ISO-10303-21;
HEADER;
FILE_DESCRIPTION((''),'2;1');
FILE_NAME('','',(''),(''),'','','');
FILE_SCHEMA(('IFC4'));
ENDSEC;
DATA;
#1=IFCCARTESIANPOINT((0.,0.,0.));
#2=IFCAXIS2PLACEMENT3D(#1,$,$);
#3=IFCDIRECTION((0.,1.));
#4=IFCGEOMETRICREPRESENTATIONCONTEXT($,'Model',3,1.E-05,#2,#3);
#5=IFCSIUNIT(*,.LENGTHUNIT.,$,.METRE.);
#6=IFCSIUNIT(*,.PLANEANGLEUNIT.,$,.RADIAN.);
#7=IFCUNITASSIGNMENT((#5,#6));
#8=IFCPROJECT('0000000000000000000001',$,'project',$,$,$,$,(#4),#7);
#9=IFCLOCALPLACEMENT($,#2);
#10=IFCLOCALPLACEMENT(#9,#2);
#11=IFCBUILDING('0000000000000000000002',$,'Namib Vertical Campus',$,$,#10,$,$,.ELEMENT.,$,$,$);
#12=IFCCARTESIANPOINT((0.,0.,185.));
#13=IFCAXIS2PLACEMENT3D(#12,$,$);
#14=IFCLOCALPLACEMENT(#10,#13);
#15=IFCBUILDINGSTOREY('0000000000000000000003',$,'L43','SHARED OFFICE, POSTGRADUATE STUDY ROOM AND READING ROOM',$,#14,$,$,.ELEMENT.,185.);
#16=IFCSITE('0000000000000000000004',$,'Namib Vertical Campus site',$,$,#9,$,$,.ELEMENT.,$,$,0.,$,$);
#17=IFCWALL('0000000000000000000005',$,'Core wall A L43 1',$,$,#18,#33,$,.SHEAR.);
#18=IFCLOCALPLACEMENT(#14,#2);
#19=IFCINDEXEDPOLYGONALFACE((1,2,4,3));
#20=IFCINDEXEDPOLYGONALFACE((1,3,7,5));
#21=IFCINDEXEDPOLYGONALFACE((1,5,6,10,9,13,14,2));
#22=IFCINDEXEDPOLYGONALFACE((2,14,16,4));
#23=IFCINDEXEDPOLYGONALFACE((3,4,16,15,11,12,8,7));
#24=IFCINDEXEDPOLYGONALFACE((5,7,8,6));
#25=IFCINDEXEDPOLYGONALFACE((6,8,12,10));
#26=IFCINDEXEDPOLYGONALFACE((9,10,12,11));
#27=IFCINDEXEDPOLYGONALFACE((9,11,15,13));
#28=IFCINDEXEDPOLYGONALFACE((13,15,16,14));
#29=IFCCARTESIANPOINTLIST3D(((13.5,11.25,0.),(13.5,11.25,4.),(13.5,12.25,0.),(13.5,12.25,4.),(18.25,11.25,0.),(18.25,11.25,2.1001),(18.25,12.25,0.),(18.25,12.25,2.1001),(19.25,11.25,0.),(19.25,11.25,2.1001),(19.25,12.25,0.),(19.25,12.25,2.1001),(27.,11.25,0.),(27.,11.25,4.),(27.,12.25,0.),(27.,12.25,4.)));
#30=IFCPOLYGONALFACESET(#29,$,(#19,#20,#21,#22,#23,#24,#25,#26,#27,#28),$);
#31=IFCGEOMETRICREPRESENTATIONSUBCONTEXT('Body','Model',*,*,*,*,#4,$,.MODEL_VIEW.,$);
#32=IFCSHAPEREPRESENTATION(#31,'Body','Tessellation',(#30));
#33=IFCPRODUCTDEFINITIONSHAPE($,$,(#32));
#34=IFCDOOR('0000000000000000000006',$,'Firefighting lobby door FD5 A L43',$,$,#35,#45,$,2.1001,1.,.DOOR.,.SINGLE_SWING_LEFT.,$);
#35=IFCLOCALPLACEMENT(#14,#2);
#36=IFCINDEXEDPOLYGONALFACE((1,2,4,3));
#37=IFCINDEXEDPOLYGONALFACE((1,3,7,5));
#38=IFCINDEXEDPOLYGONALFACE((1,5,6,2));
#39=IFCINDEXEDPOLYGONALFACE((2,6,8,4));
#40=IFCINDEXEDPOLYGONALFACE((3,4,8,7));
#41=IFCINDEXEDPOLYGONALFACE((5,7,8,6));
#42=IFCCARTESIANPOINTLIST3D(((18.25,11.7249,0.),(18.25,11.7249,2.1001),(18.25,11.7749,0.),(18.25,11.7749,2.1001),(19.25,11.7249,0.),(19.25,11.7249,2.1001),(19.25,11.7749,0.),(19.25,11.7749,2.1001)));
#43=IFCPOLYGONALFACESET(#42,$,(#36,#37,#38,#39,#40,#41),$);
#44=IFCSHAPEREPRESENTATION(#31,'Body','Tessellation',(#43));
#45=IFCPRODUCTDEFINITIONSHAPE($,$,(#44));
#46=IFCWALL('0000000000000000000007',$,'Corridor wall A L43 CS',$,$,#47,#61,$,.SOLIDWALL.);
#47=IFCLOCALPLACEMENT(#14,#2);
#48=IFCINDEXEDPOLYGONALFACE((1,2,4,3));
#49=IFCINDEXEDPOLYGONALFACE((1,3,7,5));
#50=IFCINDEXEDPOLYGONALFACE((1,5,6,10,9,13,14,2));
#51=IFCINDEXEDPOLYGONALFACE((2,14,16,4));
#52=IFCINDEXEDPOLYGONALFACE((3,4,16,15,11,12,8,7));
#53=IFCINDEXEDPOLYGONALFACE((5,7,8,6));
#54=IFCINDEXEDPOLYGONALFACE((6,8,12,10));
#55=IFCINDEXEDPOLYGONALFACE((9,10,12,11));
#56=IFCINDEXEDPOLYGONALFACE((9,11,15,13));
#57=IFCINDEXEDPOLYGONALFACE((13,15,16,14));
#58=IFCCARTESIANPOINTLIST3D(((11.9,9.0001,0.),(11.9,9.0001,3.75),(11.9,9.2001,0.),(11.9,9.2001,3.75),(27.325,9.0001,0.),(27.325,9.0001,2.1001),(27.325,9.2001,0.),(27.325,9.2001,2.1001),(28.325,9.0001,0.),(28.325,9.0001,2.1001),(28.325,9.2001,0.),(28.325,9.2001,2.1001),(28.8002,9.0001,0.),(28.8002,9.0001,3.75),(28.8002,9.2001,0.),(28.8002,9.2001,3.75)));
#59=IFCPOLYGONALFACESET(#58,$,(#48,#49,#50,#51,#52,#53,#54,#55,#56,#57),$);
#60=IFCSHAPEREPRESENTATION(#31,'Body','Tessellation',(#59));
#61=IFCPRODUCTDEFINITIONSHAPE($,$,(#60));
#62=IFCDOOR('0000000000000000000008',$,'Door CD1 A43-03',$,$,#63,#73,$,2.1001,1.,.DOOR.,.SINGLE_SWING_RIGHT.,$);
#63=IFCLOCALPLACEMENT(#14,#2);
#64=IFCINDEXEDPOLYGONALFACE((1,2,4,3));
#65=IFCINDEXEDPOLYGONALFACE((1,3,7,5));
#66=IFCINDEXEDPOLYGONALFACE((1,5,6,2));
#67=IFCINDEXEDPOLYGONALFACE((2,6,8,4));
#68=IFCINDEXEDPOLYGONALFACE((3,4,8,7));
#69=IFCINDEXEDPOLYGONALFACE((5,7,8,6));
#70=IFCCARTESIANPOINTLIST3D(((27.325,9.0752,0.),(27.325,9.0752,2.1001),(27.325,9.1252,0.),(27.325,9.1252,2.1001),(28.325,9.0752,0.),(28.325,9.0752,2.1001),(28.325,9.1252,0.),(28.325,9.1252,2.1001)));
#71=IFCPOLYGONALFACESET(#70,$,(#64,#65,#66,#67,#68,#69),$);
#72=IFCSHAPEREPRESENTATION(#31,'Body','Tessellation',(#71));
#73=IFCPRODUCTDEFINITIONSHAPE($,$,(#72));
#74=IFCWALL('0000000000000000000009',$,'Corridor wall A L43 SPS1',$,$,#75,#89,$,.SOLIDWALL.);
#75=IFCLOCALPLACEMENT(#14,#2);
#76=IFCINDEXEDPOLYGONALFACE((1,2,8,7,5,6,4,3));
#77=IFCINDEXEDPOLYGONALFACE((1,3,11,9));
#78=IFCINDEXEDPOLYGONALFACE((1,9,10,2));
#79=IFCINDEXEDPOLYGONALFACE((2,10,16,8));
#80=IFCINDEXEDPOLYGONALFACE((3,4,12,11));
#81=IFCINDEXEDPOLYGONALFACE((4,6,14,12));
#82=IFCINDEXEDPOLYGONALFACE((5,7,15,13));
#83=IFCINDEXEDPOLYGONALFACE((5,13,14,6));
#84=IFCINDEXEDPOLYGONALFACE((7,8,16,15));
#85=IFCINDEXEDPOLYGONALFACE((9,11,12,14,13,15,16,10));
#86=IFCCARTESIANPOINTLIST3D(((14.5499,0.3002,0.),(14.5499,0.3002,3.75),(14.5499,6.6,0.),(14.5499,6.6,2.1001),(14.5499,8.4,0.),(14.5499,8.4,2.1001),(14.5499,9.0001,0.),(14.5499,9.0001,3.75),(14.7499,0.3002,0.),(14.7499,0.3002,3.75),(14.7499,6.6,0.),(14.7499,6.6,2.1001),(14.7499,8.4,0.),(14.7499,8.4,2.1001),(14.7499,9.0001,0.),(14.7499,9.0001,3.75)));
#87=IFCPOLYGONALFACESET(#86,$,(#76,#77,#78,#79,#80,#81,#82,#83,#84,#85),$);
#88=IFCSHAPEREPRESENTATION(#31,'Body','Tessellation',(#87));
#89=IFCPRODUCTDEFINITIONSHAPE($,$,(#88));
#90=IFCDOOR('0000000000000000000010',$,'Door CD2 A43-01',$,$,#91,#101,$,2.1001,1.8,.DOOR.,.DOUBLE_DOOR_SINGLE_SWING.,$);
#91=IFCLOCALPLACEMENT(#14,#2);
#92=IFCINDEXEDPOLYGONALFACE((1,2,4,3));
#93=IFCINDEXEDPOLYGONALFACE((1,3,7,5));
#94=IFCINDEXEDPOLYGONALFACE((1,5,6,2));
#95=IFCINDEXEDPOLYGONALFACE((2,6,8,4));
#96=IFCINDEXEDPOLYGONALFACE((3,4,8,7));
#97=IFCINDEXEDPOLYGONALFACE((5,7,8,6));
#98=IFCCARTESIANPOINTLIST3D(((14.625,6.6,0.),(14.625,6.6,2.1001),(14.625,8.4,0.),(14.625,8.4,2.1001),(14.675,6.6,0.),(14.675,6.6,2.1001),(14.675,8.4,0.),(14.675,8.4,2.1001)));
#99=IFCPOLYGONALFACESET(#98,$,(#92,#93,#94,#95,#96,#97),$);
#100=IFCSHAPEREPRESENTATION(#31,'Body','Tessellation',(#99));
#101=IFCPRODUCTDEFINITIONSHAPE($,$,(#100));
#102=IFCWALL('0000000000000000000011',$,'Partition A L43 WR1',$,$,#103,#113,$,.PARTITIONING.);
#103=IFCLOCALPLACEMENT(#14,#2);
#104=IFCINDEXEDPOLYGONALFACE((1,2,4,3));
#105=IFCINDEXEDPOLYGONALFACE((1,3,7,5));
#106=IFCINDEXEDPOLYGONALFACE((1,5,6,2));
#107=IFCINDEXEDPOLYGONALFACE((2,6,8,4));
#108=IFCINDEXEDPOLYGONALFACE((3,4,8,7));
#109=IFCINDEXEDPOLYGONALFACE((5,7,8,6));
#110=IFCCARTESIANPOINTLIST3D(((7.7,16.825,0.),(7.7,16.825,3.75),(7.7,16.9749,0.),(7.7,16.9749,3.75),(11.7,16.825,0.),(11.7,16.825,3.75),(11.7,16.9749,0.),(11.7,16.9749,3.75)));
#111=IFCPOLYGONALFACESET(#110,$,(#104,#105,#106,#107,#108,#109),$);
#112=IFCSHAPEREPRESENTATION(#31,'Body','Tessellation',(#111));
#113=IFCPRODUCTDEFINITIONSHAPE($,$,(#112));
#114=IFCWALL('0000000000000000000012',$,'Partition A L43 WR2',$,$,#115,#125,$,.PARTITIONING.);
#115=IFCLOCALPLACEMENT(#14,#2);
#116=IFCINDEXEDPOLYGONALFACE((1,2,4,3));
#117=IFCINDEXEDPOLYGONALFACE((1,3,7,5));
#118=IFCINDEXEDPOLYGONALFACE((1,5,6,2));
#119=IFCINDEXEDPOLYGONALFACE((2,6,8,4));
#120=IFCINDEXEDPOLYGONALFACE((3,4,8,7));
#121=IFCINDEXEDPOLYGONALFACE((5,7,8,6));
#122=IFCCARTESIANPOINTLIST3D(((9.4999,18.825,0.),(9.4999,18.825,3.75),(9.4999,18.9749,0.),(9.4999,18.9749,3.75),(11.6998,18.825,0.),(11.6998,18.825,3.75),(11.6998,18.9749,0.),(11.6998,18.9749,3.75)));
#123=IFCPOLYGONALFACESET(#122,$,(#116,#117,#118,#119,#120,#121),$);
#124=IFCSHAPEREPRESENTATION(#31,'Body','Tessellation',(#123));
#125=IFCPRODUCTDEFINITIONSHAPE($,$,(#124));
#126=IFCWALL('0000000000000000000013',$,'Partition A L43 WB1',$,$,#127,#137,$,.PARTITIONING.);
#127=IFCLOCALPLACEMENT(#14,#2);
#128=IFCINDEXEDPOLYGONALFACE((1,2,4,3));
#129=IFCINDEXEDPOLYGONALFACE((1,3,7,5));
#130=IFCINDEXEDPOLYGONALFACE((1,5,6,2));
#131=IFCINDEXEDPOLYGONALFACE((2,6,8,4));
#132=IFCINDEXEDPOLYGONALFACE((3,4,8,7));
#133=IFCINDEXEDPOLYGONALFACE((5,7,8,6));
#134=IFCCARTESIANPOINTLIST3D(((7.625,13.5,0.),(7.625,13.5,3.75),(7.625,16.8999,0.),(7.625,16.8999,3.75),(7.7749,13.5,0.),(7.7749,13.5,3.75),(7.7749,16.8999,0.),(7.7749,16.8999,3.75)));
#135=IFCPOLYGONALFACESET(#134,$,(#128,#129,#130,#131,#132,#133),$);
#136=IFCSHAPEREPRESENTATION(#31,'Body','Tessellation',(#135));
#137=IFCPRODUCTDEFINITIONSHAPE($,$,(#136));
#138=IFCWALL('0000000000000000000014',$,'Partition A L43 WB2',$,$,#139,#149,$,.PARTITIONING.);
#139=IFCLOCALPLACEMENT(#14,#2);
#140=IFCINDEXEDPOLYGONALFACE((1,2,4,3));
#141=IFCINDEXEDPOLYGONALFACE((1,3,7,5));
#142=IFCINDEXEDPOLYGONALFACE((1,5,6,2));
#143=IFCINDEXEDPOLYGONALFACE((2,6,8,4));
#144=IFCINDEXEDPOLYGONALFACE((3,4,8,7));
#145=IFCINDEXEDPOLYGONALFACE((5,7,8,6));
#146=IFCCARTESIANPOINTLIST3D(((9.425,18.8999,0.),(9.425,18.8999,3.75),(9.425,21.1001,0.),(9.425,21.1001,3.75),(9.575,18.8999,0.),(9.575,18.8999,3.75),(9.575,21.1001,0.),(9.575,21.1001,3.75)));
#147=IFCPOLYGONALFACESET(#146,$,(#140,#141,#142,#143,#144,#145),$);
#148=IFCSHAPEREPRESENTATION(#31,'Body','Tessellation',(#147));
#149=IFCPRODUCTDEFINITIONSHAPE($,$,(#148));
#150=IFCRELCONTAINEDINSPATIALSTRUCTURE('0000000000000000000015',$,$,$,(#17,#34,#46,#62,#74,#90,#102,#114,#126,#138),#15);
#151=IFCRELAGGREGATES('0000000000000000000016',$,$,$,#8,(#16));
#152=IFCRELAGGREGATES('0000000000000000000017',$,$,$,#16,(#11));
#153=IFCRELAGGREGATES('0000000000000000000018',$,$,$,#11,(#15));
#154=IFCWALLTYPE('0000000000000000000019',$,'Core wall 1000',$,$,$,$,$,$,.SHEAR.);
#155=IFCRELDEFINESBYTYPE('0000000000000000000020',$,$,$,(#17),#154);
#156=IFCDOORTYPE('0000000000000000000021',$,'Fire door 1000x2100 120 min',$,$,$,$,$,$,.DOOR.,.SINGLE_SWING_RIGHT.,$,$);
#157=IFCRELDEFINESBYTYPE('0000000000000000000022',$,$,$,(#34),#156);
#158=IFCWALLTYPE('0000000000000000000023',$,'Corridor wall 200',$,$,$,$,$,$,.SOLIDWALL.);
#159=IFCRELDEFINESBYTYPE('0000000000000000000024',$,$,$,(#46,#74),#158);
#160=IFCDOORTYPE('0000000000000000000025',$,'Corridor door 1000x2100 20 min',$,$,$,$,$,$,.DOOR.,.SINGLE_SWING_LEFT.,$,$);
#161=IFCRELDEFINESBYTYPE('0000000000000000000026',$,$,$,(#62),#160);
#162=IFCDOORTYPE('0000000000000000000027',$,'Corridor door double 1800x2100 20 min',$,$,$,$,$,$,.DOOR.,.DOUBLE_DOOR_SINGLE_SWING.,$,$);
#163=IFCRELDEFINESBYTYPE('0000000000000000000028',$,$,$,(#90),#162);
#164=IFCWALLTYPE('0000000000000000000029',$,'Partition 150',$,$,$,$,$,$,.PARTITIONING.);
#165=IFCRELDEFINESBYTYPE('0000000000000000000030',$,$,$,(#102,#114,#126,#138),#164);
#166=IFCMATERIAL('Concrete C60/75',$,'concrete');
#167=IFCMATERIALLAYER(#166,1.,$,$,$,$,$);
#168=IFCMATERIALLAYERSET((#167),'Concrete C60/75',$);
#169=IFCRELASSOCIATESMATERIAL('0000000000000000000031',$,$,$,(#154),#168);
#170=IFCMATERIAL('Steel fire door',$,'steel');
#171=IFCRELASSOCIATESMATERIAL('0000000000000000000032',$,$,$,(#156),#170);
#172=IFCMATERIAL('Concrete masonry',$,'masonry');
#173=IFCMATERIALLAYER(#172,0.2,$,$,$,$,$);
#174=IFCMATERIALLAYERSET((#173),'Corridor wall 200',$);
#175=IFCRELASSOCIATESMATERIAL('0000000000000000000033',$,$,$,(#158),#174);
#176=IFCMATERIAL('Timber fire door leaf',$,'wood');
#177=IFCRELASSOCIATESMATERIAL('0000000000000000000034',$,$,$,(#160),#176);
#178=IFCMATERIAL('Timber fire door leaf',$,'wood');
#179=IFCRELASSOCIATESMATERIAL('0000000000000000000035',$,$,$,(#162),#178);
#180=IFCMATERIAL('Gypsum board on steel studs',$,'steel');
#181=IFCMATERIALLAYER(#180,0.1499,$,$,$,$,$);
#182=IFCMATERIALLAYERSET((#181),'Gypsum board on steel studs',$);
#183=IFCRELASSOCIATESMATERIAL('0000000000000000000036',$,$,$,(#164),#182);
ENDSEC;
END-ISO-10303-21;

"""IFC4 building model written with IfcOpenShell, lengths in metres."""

from ifc_helpers import new_model, si_unit, direction, frame, frame_2d, origin, place, context, subcontext, project, spatial, rectangle, extrude, material, layer, layer_set, type_object, element, fill, save


model = new_model("IFC4")

# Units and contexts
model_context = context("Model", 3, precision=1e-05, world=origin(), true_north=direction((0.0, 1.0)))
body_context = subcontext(model_context, "Body", "Model", "MODEL_VIEW")
ifc_project = project(units=[si_unit("LENGTHUNIT", "METRE"), si_unit("PLANEANGLEUNIT", "RADIAN")], contexts=[model_context])

# Site, building, storey
site_placement = place(None, origin())
site = spatial("IfcSite", under=ifc_project, at=site_placement, Name="Namib Vertical Campus site", CompositionType="ELEMENT", RefElevation=0.0)
building_placement = place(site_placement, origin())
building = spatial("IfcBuilding", under=site, at=building_placement, Name="Namib Vertical Campus", CompositionType="ELEMENT")
storey_placement = place(building_placement, frame((0.0, 0.0, 185.0)))
storey = spatial("IfcBuildingStorey", under=building, at=storey_placement, Name="L43", Description="SHARED OFFICE, POSTGRADUATE STUDY ROOM AND READING ROOM", CompositionType="ELEMENT", Elevation=185.0)

# Walls, openings, doors
ifc_material_1 = material(Name="Concrete C60/75", Category="concrete")
ifc_layer_1 = layer(ifc_material_1, 1.0)
ifc_layer_set_1 = layer_set([ifc_layer_1], Name="Concrete C60/75")
wall_type_1 = type_object("IfcWallType", Name="Core wall 1000", PredefinedType="SHEAR", material=ifc_layer_set_1)
wall_1_placement = place(storey_placement, frame((13.5, 11.75, 0.0), z_axis=(0.0, 0.0, 1.0), x_axis=(1.0, 0.0, 0.0)))
wall_1 = element("IfcWall", 1, at=wall_1_placement, inside=storey, type_object=wall_type_1, Name="Core wall A L43 1", PredefinedType="SHEAR", context=body_context, shape_type="SweptSolid", body=[
    extrude(rectangle(XDim=13.5, YDim=1.0, at=frame_2d((6.75, 0.0))), origin(), (0.0, 0.0, 1.0), 4.0),
])
opening_1_placement = place(wall_1_placement, frame((4.75, 0.0, 0.0)))
opening_1 = element("IfcOpeningElement", 2, at=opening_1_placement, cuts=wall_1, PredefinedType="OPENING", context=body_context, shape_type="SweptSolid", body=[
    extrude(rectangle(XDim=1.0, YDim=2.1001, at=frame_2d((0.5, 1.05))), frame((0.0, 0.51, 0.0), z_axis=(0.0, -1.0, 0.0), x_axis=(1.0, 0.0, 0.0)), (0.0, 0.0, 1.0), 1.02),
])
ifc_material_2 = material(Name="Steel fire door", Category="steel")
door_type_1 = type_object("IfcDoorType", Name="Fire door 1000x2100 120 min", OperationType="SINGLE_SWING_RIGHT", PredefinedType="DOOR", material=ifc_material_2)
door_1_placement = place(opening_1_placement, origin())
door_1 = element("IfcDoor", 3, at=door_1_placement, inside=storey, type_object=door_type_1, Name="Firefighting lobby door FD5 A L43", OperationType="SINGLE_SWING_LEFT", OverallHeight=2.1001, OverallWidth=1.0, PredefinedType="DOOR", context=body_context, shape_type="SweptSolid", body=[
    extrude(rectangle(XDim=1.0, YDim=2.1001, at=frame_2d((0.5, 1.05))), frame((0.0, 0.0249, 0.0), z_axis=(0.0, -1.0, 0.0), x_axis=(1.0, 0.0, 0.0)), (0.0, 0.0, 1.0), 0.05),
])
fill(opening_1, door_1)
ifc_material_3 = material(Name="Concrete masonry", Category="masonry")
ifc_layer_2 = layer(ifc_material_3, 0.2)
ifc_layer_set_2 = layer_set([ifc_layer_2], Name="Corridor wall 200")
wall_type_2 = type_object("IfcWallType", Name="Corridor wall 200", PredefinedType="SOLIDWALL", material=ifc_layer_set_2)
wall_2_placement = place(storey_placement, frame((11.8999, 9.1001, 0.0), z_axis=(0.0, 0.0, 1.0), x_axis=(1.0, 0.0, 0.0)))
wall_2 = element("IfcWall", 4, at=wall_2_placement, inside=storey, type_object=wall_type_2, Name="Corridor wall A L43 CS", PredefinedType="SOLIDWALL", context=body_context, shape_type="SweptSolid", body=[
    extrude(rectangle(XDim=16.9001, YDim=0.2, at=frame_2d((8.4502, 0.0))), origin(), (0.0, 0.0, 1.0), 3.75),
])
opening_2_placement = place(wall_2_placement, frame((15.425, 0.0, 0.0)))
opening_2 = element("IfcOpeningElement", 5, at=opening_2_placement, cuts=wall_2, PredefinedType="OPENING", context=body_context, shape_type="SweptSolid", body=[
    extrude(rectangle(XDim=1.0, YDim=2.1001, at=frame_2d((0.5, 1.05))), frame((0.0, 0.1099, 0.0), z_axis=(0.0, -1.0, 0.0), x_axis=(1.0, 0.0, 0.0)), (0.0, 0.0, 1.0), 0.22),
])
ifc_material_4 = material(Name="Timber fire door leaf", Category="wood")
door_type_2 = type_object("IfcDoorType", Name="Corridor door 1000x2100 20 min", OperationType="SINGLE_SWING_LEFT", PredefinedType="DOOR", material=ifc_material_4)
door_2_placement = place(opening_2_placement, frame((1.0, 0.0, 0.0), z_axis=(0.0, 0.0, 1.0), x_axis=(-1.0, 0.0, 0.0)))
door_2 = element("IfcDoor", 6, at=door_2_placement, inside=storey, type_object=door_type_2, Name="Door CD1 A43-03", OperationType="SINGLE_SWING_RIGHT", OverallHeight=2.1001, OverallWidth=1.0, PredefinedType="DOOR", context=body_context, shape_type="SweptSolid", body=[
    extrude(rectangle(XDim=1.0, YDim=2.1001, at=frame_2d((0.5, 1.05))), frame((0.0, 0.0249, 0.0), z_axis=(0.0, -1.0, 0.0), x_axis=(1.0, 0.0, 0.0)), (0.0, 0.0, 1.0), 0.05),
])
fill(opening_2, door_2)
wall_3_placement = place(storey_placement, frame((14.6499, 0.3, 0.0), z_axis=(0.0, 0.0, 1.0), x_axis=(0.0, 1.0, 0.0)))
wall_3 = element("IfcWall", 7, at=wall_3_placement, inside=storey, type_object=wall_type_2, Name="Corridor wall A L43 SPS1", PredefinedType="SOLIDWALL", context=body_context, shape_type="SweptSolid", body=[
    extrude(rectangle(XDim=8.7, YDim=0.2, at=frame_2d((4.3501, 0.0))), origin(), (0.0, 0.0, 1.0), 3.75),
])
opening_3_placement = place(wall_3_placement, frame((6.3, 0.0, 0.0)))
opening_3 = element("IfcOpeningElement", 8, at=opening_3_placement, cuts=wall_3, PredefinedType="OPENING", context=body_context, shape_type="SweptSolid", body=[
    extrude(rectangle(XDim=1.8, YDim=2.1001, at=frame_2d((0.8999, 1.05))), frame((0.0, 0.1099, 0.0), z_axis=(0.0, -1.0, 0.0), x_axis=(1.0, 0.0, 0.0)), (0.0, 0.0, 1.0), 0.22),
])
ifc_material_5 = material(Name="Timber fire door leaf", Category="wood")
door_type_3 = type_object("IfcDoorType", Name="Corridor door double 1800x2100 20 min", OperationType="DOUBLE_DOOR_SINGLE_SWING", PredefinedType="DOOR", material=ifc_material_5)
door_3_placement = place(opening_3_placement, origin())
door_3 = element("IfcDoor", 9, at=door_3_placement, inside=storey, type_object=door_type_3, Name="Door CD2 A43-01", OperationType="DOUBLE_DOOR_SINGLE_SWING", OverallHeight=2.1001, OverallWidth=1.8, PredefinedType="DOOR", context=body_context, shape_type="SweptSolid", body=[
    extrude(rectangle(XDim=1.8, YDim=2.1001, at=frame_2d((0.8999, 1.05))), frame((0.0, 0.0249, 0.0), z_axis=(0.0, -1.0, 0.0), x_axis=(1.0, 0.0, 0.0)), (0.0, 0.0, 1.0), 0.05),
])
fill(opening_3, door_3)

# Walls
ifc_material_6 = material(Name="Gypsum board on steel studs", Category="steel")
ifc_layer_3 = layer(ifc_material_6, 0.1499)
ifc_layer_set_3 = layer_set([ifc_layer_3], Name="Gypsum board on steel studs")
wall_type_3 = type_object("IfcWallType", Name="Partition 150", PredefinedType="PARTITIONING", material=ifc_layer_set_3)
wall_4_placement = place(storey_placement, frame((11.7, 16.8999, 0.0), z_axis=(0.0, 0.0, 1.0), x_axis=(-1.0, 0.0, 0.0)))
element("IfcWall", 10, at=wall_4_placement, inside=storey, type_object=wall_type_3, Name="Partition A L43 WR1", PredefinedType="PARTITIONING", context=body_context, shape_type="SweptSolid", body=[
    extrude(rectangle(XDim=4.0, YDim=0.1499, at=frame_2d((2.0, 0.0))), origin(), (0.0, 0.0, 1.0), 3.75),
])
wall_5_placement = place(storey_placement, frame((11.7, 18.8999, 0.0), z_axis=(0.0, 0.0, 1.0), x_axis=(-1.0, 0.0, 0.0)))
element("IfcWall", 11, at=wall_5_placement, inside=storey, type_object=wall_type_3, Name="Partition A L43 WR2", PredefinedType="PARTITIONING", context=body_context, shape_type="SweptSolid", body=[
    extrude(rectangle(XDim=2.2, YDim=0.1499, at=frame_2d((1.1001, 0.0))), origin(), (0.0, 0.0, 1.0), 3.75),
])
wall_6_placement = place(storey_placement, frame((7.7, 13.5, 0.0), z_axis=(0.0, 0.0, 1.0), x_axis=(0.0, 1.0, 0.0)))
element("IfcWall", 12, at=wall_6_placement, inside=storey, type_object=wall_type_3, Name="Partition A L43 WB1", PredefinedType="PARTITIONING", context=body_context, shape_type="SweptSolid", body=[
    extrude(rectangle(XDim=3.3999, YDim=0.1499, at=frame_2d((1.7, 0.0))), origin(), (0.0, 0.0, 1.0), 3.75),
])
wall_7_placement = place(storey_placement, frame((9.5, 18.8999, 0.0), z_axis=(0.0, 0.0, 1.0), x_axis=(0.0, 1.0, 0.0)))
element("IfcWall", 13, at=wall_7_placement, inside=storey, type_object=wall_type_3, Name="Partition A L43 WB2", PredefinedType="PARTITIONING", context=body_context, shape_type="SweptSolid", body=[
    extrude(rectangle(XDim=2.2002, YDim=0.1499, at=frame_2d((1.1001, 0.0))), origin(), (0.0, 0.0, 1.0), 3.75),
])

save(model, "model.ifc")
